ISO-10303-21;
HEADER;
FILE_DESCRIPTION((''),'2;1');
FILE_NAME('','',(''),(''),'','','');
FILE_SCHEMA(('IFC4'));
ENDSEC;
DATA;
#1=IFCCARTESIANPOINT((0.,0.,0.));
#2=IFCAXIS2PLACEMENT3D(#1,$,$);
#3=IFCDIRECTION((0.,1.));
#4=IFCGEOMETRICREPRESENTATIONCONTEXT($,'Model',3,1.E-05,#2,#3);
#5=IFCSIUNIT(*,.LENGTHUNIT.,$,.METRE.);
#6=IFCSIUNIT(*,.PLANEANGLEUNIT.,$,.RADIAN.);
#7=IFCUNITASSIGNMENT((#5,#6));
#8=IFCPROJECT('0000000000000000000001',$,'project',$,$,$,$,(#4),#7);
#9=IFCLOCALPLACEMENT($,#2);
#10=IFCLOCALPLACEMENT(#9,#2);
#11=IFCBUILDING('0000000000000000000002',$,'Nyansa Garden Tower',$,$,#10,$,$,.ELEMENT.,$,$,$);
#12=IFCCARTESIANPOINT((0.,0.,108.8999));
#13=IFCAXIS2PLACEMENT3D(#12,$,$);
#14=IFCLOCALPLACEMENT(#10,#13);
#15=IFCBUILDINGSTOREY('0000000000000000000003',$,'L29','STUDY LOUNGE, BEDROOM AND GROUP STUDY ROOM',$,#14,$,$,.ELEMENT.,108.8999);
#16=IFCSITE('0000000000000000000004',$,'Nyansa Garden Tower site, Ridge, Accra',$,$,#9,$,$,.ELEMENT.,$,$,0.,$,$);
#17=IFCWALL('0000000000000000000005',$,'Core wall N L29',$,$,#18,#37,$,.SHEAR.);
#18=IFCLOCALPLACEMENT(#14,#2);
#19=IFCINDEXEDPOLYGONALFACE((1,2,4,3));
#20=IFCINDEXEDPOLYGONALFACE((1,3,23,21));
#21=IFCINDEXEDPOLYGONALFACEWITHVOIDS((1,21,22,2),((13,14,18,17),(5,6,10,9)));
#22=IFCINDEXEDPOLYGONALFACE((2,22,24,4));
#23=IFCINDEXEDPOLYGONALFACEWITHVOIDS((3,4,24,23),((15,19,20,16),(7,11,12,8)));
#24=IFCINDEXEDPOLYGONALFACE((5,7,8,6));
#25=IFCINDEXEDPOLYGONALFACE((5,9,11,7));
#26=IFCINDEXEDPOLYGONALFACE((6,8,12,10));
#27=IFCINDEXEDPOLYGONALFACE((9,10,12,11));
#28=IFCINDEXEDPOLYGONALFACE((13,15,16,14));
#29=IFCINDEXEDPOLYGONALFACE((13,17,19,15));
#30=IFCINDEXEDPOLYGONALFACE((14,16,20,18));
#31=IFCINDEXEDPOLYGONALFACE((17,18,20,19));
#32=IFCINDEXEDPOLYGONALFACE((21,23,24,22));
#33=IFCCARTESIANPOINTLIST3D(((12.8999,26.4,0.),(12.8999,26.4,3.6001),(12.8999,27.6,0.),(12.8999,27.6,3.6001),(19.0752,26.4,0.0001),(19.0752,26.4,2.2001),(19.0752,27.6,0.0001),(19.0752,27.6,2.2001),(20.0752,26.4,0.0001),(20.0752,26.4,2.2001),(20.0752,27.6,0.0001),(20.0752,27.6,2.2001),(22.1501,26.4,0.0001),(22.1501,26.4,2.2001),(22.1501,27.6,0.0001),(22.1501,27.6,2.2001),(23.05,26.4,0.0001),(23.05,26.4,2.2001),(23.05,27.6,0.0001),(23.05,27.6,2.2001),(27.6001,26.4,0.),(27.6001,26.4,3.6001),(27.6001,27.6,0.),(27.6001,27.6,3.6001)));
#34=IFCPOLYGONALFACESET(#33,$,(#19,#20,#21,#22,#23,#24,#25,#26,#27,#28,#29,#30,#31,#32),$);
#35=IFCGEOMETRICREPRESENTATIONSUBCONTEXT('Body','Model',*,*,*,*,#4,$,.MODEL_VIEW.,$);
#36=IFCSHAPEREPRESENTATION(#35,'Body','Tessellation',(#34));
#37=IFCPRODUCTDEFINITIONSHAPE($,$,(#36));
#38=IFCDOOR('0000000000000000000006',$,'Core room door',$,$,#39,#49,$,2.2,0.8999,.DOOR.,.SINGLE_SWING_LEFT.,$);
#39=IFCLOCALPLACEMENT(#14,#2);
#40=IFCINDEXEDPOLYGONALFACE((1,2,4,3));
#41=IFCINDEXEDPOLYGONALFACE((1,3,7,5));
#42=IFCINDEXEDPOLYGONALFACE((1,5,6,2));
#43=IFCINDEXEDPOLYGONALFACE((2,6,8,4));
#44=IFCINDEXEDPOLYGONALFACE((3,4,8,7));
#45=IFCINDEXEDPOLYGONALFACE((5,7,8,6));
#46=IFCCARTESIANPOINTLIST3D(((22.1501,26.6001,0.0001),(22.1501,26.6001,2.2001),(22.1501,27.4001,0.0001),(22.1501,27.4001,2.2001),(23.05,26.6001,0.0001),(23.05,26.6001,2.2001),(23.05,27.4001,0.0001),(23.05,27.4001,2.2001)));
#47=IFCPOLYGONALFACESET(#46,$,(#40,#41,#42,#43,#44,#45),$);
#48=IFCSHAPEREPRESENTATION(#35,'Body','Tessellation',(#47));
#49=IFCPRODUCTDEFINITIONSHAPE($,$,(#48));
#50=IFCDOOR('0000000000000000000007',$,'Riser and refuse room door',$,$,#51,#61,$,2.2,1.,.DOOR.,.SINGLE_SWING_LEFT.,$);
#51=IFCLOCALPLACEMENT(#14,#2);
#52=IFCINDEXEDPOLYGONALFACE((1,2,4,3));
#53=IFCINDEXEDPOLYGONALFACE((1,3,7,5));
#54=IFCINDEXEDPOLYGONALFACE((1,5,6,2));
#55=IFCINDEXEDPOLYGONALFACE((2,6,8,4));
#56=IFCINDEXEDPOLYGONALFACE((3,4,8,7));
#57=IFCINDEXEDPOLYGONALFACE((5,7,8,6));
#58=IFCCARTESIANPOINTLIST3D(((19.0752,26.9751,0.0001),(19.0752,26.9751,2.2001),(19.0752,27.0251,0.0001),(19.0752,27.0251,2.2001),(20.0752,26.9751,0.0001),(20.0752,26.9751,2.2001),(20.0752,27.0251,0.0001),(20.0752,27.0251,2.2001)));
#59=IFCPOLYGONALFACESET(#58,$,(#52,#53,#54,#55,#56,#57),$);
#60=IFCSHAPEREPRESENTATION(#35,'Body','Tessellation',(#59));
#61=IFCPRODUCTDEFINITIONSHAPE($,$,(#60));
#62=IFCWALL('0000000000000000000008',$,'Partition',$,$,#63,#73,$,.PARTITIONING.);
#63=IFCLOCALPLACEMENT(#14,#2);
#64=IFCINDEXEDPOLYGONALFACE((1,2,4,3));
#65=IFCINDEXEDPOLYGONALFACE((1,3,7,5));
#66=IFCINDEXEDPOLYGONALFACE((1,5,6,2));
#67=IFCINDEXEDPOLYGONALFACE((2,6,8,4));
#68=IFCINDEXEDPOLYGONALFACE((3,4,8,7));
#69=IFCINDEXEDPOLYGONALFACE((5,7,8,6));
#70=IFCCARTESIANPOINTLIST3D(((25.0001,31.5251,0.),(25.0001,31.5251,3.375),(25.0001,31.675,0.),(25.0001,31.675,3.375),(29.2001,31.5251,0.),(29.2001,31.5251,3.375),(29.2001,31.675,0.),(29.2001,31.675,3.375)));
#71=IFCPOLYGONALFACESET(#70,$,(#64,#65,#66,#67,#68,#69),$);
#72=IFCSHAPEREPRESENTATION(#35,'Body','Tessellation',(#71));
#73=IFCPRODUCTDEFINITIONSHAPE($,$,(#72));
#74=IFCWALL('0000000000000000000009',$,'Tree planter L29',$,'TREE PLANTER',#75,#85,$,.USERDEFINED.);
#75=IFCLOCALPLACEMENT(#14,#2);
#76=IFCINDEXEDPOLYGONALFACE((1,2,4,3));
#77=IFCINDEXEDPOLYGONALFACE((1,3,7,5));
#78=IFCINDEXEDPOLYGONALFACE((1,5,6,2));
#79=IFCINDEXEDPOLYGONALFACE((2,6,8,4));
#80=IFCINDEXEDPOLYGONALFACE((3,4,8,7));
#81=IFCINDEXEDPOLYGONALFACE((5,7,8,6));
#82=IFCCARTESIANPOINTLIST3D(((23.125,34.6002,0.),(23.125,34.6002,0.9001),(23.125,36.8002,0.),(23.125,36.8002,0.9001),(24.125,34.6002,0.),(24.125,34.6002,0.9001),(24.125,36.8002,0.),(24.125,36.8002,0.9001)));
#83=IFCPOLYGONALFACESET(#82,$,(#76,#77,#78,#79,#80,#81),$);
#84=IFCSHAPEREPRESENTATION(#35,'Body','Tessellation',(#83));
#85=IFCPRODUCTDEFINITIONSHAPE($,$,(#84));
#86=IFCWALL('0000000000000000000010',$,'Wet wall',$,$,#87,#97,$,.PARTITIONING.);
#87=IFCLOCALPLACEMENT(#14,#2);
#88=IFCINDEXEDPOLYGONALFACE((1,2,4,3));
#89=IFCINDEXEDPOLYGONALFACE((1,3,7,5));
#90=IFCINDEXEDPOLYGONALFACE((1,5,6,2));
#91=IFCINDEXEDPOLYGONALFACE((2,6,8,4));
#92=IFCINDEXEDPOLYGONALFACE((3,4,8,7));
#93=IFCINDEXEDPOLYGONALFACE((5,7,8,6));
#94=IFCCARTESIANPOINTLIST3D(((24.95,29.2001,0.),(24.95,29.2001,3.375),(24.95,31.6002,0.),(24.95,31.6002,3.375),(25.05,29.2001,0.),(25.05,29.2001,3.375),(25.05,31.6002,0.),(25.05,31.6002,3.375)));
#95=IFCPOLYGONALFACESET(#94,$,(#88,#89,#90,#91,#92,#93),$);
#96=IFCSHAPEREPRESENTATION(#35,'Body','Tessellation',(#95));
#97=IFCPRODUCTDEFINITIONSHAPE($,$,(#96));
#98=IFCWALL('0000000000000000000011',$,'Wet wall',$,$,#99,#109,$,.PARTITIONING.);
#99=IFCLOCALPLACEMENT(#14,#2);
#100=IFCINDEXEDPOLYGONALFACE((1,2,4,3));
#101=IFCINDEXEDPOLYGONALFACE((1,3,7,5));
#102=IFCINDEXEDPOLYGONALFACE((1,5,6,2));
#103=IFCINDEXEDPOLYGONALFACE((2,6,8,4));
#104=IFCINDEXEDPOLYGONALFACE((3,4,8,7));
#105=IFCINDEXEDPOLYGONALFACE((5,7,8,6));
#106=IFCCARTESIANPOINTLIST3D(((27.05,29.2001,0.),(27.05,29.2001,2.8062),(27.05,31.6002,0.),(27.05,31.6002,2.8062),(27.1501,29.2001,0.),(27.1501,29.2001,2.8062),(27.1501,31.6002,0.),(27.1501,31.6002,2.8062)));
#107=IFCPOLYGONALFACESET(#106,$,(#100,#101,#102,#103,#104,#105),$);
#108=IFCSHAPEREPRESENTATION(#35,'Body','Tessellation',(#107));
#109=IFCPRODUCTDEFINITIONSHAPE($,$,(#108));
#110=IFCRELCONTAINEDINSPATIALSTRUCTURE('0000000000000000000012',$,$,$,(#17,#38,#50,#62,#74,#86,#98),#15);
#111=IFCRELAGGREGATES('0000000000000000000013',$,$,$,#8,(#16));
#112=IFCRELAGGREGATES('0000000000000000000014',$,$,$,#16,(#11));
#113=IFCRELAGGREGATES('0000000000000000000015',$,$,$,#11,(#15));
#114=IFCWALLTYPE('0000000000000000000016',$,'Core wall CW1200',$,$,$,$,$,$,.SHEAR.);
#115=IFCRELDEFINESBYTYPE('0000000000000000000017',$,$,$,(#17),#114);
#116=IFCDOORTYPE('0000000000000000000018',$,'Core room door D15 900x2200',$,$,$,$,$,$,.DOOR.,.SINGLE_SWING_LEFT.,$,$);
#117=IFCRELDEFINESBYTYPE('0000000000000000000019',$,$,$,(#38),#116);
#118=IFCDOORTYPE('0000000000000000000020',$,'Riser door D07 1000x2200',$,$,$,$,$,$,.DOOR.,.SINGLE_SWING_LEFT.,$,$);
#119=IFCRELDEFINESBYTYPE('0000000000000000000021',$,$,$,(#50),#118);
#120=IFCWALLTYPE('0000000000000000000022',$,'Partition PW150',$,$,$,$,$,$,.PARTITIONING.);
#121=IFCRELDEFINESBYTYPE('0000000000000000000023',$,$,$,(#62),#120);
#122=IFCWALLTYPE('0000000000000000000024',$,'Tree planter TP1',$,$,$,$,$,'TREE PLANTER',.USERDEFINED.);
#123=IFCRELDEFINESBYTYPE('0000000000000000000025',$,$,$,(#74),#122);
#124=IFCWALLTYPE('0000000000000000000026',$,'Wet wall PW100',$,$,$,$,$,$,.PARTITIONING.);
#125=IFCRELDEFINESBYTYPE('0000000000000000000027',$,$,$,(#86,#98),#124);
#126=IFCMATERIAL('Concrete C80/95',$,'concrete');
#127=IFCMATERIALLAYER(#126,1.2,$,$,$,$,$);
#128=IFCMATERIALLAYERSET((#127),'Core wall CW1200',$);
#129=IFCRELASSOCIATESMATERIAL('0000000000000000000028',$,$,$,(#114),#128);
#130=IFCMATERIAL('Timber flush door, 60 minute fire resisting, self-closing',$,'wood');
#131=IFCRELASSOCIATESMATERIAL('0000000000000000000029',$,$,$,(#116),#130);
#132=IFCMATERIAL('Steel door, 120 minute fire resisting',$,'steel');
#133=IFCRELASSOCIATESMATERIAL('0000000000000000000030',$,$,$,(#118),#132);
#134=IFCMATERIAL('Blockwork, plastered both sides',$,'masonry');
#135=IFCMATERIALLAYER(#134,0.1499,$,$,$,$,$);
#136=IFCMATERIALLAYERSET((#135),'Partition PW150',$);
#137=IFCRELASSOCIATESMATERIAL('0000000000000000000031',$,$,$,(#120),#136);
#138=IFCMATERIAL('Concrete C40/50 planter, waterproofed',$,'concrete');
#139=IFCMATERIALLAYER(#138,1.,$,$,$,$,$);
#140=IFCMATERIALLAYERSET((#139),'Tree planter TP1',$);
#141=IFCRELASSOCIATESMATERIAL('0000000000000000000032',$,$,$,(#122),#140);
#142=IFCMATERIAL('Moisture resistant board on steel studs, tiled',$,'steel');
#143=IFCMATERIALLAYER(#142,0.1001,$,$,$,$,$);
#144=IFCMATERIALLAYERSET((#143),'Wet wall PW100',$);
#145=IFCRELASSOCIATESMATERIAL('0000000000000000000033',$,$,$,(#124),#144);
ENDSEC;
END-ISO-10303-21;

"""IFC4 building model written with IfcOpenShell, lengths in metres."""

from ifc_helpers import new_model, si_unit, direction, frame, frame_2d, origin, place, context, subcontext, project, spatial, rectangle, extrude, material, layer, layer_set, type_object, element, fill, save


model = new_model("IFC4")

# Units and contexts
model_context = context("Model", 3, precision=1e-05, world=origin(), true_north=direction((0.0, 1.0)))
body_context = subcontext(model_context, "Body", "Model", "MODEL_VIEW")
ifc_project = project(units=[si_unit("LENGTHUNIT", "METRE"), si_unit("PLANEANGLEUNIT", "RADIAN")], contexts=[model_context])

# Site, building, storey
site_placement = place(None, origin())
site = spatial("IfcSite", under=ifc_project, at=site_placement, Name="Nyansa Garden Tower site, Ridge, Accra", CompositionType="ELEMENT", RefElevation=0.0)
building_placement = place(site_placement, origin())
building = spatial("IfcBuilding", under=site, at=building_placement, Name="Nyansa Garden Tower", CompositionType="ELEMENT")
storey_placement = place(building_placement, frame((0.0, 0.0, 108.8999)))
storey = spatial("IfcBuildingStorey", under=building, at=storey_placement, Name="L29", Description="STUDY LOUNGE, BEDROOM AND GROUP STUDY ROOM", CompositionType="ELEMENT", Elevation=108.8999)

# Wall, openings, doors
ifc_material_1 = material(Name="Concrete C80/95", Category="concrete")
ifc_layer_1 = layer(ifc_material_1, 1.2)
ifc_layer_set_1 = layer_set([ifc_layer_1], Name="Core wall CW1200")
wall_type_1 = type_object("IfcWallType", Name="Core wall CW1200", PredefinedType="SHEAR", material=ifc_layer_set_1)
wall_1_placement = place(storey_placement, frame((27.6001, 27.0, 0.0), z_axis=(0.0, 0.0, 1.0), x_axis=(-1.0, 0.0, 0.0)))
wall_1 = element("IfcWall", 1, at=wall_1_placement, inside=storey, type_object=wall_type_1, Name="Core wall N L29", PredefinedType="SHEAR", context=body_context, shape_type="SweptSolid", body=[
    extrude(rectangle(XDim=14.7002, YDim=1.2, at=frame_2d((7.3501, 0.0))), origin(), (0.0, 0.0, 1.0), 3.6001),
])
opening_1_placement = place(wall_1_placement, frame((4.55, 0.0, 0.0)))
opening_1 = element("IfcOpeningElement", 2, at=opening_1_placement, cuts=wall_1, PredefinedType="OPENING", context=body_context, shape_type="SweptSolid", body=[
    extrude(rectangle(XDim=0.8999, YDim=2.2, at=frame_2d((0.45, 1.1001))), frame((0.0, 0.6099, 0.0), z_axis=(0.0, -1.0, 0.0), x_axis=(1.0, 0.0, 0.0)), (0.0, 0.0, 1.0), 1.22),
])
opening_2_placement = place(wall_1_placement, frame((7.5249, 0.0, 0.0)))
opening_2 = element("IfcOpeningElement", 3, at=opening_2_placement, cuts=wall_1, PredefinedType="OPENING", context=body_context, shape_type="SweptSolid", body=[
    extrude(rectangle(XDim=1.0, YDim=2.2, at=frame_2d((0.5, 1.1001))), frame((0.0, 0.6099, 0.0), z_axis=(0.0, -1.0, 0.0), x_axis=(1.0, 0.0, 0.0)), (0.0, 0.0, 1.0), 1.22),
])
ifc_material_2 = material(Name="Timber flush door, 60 minute fire resisting, self-closing", Category="wood")
door_type_1 = type_object("IfcDoorType", Name="Core room door D15 900x2200", OperationType="SINGLE_SWING_LEFT", PredefinedType="DOOR", material=ifc_material_2)
door_1_placement = place(opening_1_placement, origin())
door_1 = element("IfcDoor", 4, at=door_1_placement, inside=storey, type_object=door_type_1, Name="Core room door", OperationType="SINGLE_SWING_LEFT", OverallHeight=2.2, OverallWidth=0.8999, PredefinedType="DOOR", context=body_context, shape_type="SweptSolid", body=[
    extrude(rectangle(XDim=0.8999, YDim=2.2, at=frame_2d((0.45, 1.1001))), frame((0.0, 0.3999, 0.0), z_axis=(0.0, -1.0, 0.0), x_axis=(1.0, 0.0, 0.0)), (0.0, 0.0, 1.0), 0.8),
])
fill(opening_1, door_1)
ifc_material_3 = material(Name="Steel door, 120 minute fire resisting", Category="steel")
door_type_2 = type_object("IfcDoorType", Name="Riser door D07 1000x2200", OperationType="SINGLE_SWING_LEFT", PredefinedType="DOOR", material=ifc_material_3)
door_2_placement = place(opening_2_placement, origin())
door_2 = element("IfcDoor", 5, at=door_2_placement, inside=storey, type_object=door_type_2, Name="Riser and refuse room door", OperationType="SINGLE_SWING_LEFT", OverallHeight=2.2, OverallWidth=1.0, PredefinedType="DOOR", context=body_context, shape_type="SweptSolid", body=[
    extrude(rectangle(XDim=1.0, YDim=2.2, at=frame_2d((0.5, 1.1001))), frame((0.0, 0.0249, 0.0), z_axis=(0.0, -1.0, 0.0), x_axis=(1.0, 0.0, 0.0)), (0.0, 0.0, 1.0), 0.05),
])
fill(opening_2, door_2)

# Walls
ifc_material_4 = material(Name="Blockwork, plastered both sides", Category="masonry")
ifc_layer_2 = layer(ifc_material_4, 0.1499)
ifc_layer_set_2 = layer_set([ifc_layer_2], Name="Partition PW150")
wall_type_2 = type_object("IfcWallType", Name="Partition PW150", PredefinedType="PARTITIONING", material=ifc_layer_set_2)
wall_2_placement = place(storey_placement, frame((25.0, 31.6001, 0.0), z_axis=(0.0, 0.0, 1.0), x_axis=(1.0, 0.0, 0.0)))
element("IfcWall", 6, at=wall_2_placement, inside=storey, type_object=wall_type_2, Name="Partition", PredefinedType="PARTITIONING", context=body_context, shape_type="SweptSolid", body=[
    extrude(rectangle(XDim=4.2, YDim=0.1499, at=frame_2d((2.1001, 0.0))), origin(), (0.0, 0.0, 1.0), 3.375),
])
ifc_material_5 = material(Name="Concrete C40/50 planter, waterproofed", Category="concrete")
ifc_layer_3 = layer(ifc_material_5, 1.0)
ifc_layer_set_3 = layer_set([ifc_layer_3], Name="Tree planter TP1")
wall_type_3 = type_object("IfcWallType", Name="Tree planter TP1", ElementType="TREE PLANTER", PredefinedType="USERDEFINED", material=ifc_layer_set_3)
wall_3_placement = place(storey_placement, frame((23.625, 34.6001, 0.0), z_axis=(0.0, 0.0, 1.0), x_axis=(0.0, 1.0, 0.0)))
element("IfcWall", 7, at=wall_3_placement, inside=storey, type_object=wall_type_3, Name="Tree planter L29", ObjectType="TREE PLANTER", PredefinedType="USERDEFINED", context=body_context, shape_type="SweptSolid", body=[
    extrude(rectangle(XDim=2.2, YDim=1.0, at=frame_2d((1.1001, 0.0))), origin(), (0.0, 0.0, 1.0), 0.9001),
])
ifc_material_6 = material(Name="Moisture resistant board on steel studs, tiled", Category="steel")
ifc_layer_4 = layer(ifc_material_6, 0.1001)
ifc_layer_set_4 = layer_set([ifc_layer_4], Name="Wet wall PW100")
wall_type_4 = type_object("IfcWallType", Name="Wet wall PW100", PredefinedType="PARTITIONING", material=ifc_layer_set_4)
wall_4_placement = place(storey_placement, frame((25.0, 29.2, 0.0), z_axis=(0.0, 0.0, 1.0), x_axis=(0.0, 1.0, 0.0)))
element("IfcWall", 8, at=wall_4_placement, inside=storey, type_object=wall_type_4, Name="Wet wall", PredefinedType="PARTITIONING", context=body_context, shape_type="SweptSolid", body=[
    extrude(rectangle(XDim=2.4001, YDim=0.1001, at=frame_2d((1.2002, 0.0))), origin(), (0.0, 0.0, 1.0), 3.375),
])
wall_5_placement = place(storey_placement, frame((27.1001, 29.2, 0.0), z_axis=(0.0, 0.0, 1.0), x_axis=(0.0, 1.0, 0.0)))
element("IfcWall", 9, at=wall_5_placement, inside=storey, type_object=wall_type_4, Name="Wet wall", PredefinedType="PARTITIONING", context=body_context, shape_type="SweptSolid", body=[
    extrude(rectangle(XDim=2.4001, YDim=0.1001, at=frame_2d((1.2002, 0.0))), origin(), (0.0, 0.0, 1.0), 2.8062),
])

save(model, "model.ifc")
